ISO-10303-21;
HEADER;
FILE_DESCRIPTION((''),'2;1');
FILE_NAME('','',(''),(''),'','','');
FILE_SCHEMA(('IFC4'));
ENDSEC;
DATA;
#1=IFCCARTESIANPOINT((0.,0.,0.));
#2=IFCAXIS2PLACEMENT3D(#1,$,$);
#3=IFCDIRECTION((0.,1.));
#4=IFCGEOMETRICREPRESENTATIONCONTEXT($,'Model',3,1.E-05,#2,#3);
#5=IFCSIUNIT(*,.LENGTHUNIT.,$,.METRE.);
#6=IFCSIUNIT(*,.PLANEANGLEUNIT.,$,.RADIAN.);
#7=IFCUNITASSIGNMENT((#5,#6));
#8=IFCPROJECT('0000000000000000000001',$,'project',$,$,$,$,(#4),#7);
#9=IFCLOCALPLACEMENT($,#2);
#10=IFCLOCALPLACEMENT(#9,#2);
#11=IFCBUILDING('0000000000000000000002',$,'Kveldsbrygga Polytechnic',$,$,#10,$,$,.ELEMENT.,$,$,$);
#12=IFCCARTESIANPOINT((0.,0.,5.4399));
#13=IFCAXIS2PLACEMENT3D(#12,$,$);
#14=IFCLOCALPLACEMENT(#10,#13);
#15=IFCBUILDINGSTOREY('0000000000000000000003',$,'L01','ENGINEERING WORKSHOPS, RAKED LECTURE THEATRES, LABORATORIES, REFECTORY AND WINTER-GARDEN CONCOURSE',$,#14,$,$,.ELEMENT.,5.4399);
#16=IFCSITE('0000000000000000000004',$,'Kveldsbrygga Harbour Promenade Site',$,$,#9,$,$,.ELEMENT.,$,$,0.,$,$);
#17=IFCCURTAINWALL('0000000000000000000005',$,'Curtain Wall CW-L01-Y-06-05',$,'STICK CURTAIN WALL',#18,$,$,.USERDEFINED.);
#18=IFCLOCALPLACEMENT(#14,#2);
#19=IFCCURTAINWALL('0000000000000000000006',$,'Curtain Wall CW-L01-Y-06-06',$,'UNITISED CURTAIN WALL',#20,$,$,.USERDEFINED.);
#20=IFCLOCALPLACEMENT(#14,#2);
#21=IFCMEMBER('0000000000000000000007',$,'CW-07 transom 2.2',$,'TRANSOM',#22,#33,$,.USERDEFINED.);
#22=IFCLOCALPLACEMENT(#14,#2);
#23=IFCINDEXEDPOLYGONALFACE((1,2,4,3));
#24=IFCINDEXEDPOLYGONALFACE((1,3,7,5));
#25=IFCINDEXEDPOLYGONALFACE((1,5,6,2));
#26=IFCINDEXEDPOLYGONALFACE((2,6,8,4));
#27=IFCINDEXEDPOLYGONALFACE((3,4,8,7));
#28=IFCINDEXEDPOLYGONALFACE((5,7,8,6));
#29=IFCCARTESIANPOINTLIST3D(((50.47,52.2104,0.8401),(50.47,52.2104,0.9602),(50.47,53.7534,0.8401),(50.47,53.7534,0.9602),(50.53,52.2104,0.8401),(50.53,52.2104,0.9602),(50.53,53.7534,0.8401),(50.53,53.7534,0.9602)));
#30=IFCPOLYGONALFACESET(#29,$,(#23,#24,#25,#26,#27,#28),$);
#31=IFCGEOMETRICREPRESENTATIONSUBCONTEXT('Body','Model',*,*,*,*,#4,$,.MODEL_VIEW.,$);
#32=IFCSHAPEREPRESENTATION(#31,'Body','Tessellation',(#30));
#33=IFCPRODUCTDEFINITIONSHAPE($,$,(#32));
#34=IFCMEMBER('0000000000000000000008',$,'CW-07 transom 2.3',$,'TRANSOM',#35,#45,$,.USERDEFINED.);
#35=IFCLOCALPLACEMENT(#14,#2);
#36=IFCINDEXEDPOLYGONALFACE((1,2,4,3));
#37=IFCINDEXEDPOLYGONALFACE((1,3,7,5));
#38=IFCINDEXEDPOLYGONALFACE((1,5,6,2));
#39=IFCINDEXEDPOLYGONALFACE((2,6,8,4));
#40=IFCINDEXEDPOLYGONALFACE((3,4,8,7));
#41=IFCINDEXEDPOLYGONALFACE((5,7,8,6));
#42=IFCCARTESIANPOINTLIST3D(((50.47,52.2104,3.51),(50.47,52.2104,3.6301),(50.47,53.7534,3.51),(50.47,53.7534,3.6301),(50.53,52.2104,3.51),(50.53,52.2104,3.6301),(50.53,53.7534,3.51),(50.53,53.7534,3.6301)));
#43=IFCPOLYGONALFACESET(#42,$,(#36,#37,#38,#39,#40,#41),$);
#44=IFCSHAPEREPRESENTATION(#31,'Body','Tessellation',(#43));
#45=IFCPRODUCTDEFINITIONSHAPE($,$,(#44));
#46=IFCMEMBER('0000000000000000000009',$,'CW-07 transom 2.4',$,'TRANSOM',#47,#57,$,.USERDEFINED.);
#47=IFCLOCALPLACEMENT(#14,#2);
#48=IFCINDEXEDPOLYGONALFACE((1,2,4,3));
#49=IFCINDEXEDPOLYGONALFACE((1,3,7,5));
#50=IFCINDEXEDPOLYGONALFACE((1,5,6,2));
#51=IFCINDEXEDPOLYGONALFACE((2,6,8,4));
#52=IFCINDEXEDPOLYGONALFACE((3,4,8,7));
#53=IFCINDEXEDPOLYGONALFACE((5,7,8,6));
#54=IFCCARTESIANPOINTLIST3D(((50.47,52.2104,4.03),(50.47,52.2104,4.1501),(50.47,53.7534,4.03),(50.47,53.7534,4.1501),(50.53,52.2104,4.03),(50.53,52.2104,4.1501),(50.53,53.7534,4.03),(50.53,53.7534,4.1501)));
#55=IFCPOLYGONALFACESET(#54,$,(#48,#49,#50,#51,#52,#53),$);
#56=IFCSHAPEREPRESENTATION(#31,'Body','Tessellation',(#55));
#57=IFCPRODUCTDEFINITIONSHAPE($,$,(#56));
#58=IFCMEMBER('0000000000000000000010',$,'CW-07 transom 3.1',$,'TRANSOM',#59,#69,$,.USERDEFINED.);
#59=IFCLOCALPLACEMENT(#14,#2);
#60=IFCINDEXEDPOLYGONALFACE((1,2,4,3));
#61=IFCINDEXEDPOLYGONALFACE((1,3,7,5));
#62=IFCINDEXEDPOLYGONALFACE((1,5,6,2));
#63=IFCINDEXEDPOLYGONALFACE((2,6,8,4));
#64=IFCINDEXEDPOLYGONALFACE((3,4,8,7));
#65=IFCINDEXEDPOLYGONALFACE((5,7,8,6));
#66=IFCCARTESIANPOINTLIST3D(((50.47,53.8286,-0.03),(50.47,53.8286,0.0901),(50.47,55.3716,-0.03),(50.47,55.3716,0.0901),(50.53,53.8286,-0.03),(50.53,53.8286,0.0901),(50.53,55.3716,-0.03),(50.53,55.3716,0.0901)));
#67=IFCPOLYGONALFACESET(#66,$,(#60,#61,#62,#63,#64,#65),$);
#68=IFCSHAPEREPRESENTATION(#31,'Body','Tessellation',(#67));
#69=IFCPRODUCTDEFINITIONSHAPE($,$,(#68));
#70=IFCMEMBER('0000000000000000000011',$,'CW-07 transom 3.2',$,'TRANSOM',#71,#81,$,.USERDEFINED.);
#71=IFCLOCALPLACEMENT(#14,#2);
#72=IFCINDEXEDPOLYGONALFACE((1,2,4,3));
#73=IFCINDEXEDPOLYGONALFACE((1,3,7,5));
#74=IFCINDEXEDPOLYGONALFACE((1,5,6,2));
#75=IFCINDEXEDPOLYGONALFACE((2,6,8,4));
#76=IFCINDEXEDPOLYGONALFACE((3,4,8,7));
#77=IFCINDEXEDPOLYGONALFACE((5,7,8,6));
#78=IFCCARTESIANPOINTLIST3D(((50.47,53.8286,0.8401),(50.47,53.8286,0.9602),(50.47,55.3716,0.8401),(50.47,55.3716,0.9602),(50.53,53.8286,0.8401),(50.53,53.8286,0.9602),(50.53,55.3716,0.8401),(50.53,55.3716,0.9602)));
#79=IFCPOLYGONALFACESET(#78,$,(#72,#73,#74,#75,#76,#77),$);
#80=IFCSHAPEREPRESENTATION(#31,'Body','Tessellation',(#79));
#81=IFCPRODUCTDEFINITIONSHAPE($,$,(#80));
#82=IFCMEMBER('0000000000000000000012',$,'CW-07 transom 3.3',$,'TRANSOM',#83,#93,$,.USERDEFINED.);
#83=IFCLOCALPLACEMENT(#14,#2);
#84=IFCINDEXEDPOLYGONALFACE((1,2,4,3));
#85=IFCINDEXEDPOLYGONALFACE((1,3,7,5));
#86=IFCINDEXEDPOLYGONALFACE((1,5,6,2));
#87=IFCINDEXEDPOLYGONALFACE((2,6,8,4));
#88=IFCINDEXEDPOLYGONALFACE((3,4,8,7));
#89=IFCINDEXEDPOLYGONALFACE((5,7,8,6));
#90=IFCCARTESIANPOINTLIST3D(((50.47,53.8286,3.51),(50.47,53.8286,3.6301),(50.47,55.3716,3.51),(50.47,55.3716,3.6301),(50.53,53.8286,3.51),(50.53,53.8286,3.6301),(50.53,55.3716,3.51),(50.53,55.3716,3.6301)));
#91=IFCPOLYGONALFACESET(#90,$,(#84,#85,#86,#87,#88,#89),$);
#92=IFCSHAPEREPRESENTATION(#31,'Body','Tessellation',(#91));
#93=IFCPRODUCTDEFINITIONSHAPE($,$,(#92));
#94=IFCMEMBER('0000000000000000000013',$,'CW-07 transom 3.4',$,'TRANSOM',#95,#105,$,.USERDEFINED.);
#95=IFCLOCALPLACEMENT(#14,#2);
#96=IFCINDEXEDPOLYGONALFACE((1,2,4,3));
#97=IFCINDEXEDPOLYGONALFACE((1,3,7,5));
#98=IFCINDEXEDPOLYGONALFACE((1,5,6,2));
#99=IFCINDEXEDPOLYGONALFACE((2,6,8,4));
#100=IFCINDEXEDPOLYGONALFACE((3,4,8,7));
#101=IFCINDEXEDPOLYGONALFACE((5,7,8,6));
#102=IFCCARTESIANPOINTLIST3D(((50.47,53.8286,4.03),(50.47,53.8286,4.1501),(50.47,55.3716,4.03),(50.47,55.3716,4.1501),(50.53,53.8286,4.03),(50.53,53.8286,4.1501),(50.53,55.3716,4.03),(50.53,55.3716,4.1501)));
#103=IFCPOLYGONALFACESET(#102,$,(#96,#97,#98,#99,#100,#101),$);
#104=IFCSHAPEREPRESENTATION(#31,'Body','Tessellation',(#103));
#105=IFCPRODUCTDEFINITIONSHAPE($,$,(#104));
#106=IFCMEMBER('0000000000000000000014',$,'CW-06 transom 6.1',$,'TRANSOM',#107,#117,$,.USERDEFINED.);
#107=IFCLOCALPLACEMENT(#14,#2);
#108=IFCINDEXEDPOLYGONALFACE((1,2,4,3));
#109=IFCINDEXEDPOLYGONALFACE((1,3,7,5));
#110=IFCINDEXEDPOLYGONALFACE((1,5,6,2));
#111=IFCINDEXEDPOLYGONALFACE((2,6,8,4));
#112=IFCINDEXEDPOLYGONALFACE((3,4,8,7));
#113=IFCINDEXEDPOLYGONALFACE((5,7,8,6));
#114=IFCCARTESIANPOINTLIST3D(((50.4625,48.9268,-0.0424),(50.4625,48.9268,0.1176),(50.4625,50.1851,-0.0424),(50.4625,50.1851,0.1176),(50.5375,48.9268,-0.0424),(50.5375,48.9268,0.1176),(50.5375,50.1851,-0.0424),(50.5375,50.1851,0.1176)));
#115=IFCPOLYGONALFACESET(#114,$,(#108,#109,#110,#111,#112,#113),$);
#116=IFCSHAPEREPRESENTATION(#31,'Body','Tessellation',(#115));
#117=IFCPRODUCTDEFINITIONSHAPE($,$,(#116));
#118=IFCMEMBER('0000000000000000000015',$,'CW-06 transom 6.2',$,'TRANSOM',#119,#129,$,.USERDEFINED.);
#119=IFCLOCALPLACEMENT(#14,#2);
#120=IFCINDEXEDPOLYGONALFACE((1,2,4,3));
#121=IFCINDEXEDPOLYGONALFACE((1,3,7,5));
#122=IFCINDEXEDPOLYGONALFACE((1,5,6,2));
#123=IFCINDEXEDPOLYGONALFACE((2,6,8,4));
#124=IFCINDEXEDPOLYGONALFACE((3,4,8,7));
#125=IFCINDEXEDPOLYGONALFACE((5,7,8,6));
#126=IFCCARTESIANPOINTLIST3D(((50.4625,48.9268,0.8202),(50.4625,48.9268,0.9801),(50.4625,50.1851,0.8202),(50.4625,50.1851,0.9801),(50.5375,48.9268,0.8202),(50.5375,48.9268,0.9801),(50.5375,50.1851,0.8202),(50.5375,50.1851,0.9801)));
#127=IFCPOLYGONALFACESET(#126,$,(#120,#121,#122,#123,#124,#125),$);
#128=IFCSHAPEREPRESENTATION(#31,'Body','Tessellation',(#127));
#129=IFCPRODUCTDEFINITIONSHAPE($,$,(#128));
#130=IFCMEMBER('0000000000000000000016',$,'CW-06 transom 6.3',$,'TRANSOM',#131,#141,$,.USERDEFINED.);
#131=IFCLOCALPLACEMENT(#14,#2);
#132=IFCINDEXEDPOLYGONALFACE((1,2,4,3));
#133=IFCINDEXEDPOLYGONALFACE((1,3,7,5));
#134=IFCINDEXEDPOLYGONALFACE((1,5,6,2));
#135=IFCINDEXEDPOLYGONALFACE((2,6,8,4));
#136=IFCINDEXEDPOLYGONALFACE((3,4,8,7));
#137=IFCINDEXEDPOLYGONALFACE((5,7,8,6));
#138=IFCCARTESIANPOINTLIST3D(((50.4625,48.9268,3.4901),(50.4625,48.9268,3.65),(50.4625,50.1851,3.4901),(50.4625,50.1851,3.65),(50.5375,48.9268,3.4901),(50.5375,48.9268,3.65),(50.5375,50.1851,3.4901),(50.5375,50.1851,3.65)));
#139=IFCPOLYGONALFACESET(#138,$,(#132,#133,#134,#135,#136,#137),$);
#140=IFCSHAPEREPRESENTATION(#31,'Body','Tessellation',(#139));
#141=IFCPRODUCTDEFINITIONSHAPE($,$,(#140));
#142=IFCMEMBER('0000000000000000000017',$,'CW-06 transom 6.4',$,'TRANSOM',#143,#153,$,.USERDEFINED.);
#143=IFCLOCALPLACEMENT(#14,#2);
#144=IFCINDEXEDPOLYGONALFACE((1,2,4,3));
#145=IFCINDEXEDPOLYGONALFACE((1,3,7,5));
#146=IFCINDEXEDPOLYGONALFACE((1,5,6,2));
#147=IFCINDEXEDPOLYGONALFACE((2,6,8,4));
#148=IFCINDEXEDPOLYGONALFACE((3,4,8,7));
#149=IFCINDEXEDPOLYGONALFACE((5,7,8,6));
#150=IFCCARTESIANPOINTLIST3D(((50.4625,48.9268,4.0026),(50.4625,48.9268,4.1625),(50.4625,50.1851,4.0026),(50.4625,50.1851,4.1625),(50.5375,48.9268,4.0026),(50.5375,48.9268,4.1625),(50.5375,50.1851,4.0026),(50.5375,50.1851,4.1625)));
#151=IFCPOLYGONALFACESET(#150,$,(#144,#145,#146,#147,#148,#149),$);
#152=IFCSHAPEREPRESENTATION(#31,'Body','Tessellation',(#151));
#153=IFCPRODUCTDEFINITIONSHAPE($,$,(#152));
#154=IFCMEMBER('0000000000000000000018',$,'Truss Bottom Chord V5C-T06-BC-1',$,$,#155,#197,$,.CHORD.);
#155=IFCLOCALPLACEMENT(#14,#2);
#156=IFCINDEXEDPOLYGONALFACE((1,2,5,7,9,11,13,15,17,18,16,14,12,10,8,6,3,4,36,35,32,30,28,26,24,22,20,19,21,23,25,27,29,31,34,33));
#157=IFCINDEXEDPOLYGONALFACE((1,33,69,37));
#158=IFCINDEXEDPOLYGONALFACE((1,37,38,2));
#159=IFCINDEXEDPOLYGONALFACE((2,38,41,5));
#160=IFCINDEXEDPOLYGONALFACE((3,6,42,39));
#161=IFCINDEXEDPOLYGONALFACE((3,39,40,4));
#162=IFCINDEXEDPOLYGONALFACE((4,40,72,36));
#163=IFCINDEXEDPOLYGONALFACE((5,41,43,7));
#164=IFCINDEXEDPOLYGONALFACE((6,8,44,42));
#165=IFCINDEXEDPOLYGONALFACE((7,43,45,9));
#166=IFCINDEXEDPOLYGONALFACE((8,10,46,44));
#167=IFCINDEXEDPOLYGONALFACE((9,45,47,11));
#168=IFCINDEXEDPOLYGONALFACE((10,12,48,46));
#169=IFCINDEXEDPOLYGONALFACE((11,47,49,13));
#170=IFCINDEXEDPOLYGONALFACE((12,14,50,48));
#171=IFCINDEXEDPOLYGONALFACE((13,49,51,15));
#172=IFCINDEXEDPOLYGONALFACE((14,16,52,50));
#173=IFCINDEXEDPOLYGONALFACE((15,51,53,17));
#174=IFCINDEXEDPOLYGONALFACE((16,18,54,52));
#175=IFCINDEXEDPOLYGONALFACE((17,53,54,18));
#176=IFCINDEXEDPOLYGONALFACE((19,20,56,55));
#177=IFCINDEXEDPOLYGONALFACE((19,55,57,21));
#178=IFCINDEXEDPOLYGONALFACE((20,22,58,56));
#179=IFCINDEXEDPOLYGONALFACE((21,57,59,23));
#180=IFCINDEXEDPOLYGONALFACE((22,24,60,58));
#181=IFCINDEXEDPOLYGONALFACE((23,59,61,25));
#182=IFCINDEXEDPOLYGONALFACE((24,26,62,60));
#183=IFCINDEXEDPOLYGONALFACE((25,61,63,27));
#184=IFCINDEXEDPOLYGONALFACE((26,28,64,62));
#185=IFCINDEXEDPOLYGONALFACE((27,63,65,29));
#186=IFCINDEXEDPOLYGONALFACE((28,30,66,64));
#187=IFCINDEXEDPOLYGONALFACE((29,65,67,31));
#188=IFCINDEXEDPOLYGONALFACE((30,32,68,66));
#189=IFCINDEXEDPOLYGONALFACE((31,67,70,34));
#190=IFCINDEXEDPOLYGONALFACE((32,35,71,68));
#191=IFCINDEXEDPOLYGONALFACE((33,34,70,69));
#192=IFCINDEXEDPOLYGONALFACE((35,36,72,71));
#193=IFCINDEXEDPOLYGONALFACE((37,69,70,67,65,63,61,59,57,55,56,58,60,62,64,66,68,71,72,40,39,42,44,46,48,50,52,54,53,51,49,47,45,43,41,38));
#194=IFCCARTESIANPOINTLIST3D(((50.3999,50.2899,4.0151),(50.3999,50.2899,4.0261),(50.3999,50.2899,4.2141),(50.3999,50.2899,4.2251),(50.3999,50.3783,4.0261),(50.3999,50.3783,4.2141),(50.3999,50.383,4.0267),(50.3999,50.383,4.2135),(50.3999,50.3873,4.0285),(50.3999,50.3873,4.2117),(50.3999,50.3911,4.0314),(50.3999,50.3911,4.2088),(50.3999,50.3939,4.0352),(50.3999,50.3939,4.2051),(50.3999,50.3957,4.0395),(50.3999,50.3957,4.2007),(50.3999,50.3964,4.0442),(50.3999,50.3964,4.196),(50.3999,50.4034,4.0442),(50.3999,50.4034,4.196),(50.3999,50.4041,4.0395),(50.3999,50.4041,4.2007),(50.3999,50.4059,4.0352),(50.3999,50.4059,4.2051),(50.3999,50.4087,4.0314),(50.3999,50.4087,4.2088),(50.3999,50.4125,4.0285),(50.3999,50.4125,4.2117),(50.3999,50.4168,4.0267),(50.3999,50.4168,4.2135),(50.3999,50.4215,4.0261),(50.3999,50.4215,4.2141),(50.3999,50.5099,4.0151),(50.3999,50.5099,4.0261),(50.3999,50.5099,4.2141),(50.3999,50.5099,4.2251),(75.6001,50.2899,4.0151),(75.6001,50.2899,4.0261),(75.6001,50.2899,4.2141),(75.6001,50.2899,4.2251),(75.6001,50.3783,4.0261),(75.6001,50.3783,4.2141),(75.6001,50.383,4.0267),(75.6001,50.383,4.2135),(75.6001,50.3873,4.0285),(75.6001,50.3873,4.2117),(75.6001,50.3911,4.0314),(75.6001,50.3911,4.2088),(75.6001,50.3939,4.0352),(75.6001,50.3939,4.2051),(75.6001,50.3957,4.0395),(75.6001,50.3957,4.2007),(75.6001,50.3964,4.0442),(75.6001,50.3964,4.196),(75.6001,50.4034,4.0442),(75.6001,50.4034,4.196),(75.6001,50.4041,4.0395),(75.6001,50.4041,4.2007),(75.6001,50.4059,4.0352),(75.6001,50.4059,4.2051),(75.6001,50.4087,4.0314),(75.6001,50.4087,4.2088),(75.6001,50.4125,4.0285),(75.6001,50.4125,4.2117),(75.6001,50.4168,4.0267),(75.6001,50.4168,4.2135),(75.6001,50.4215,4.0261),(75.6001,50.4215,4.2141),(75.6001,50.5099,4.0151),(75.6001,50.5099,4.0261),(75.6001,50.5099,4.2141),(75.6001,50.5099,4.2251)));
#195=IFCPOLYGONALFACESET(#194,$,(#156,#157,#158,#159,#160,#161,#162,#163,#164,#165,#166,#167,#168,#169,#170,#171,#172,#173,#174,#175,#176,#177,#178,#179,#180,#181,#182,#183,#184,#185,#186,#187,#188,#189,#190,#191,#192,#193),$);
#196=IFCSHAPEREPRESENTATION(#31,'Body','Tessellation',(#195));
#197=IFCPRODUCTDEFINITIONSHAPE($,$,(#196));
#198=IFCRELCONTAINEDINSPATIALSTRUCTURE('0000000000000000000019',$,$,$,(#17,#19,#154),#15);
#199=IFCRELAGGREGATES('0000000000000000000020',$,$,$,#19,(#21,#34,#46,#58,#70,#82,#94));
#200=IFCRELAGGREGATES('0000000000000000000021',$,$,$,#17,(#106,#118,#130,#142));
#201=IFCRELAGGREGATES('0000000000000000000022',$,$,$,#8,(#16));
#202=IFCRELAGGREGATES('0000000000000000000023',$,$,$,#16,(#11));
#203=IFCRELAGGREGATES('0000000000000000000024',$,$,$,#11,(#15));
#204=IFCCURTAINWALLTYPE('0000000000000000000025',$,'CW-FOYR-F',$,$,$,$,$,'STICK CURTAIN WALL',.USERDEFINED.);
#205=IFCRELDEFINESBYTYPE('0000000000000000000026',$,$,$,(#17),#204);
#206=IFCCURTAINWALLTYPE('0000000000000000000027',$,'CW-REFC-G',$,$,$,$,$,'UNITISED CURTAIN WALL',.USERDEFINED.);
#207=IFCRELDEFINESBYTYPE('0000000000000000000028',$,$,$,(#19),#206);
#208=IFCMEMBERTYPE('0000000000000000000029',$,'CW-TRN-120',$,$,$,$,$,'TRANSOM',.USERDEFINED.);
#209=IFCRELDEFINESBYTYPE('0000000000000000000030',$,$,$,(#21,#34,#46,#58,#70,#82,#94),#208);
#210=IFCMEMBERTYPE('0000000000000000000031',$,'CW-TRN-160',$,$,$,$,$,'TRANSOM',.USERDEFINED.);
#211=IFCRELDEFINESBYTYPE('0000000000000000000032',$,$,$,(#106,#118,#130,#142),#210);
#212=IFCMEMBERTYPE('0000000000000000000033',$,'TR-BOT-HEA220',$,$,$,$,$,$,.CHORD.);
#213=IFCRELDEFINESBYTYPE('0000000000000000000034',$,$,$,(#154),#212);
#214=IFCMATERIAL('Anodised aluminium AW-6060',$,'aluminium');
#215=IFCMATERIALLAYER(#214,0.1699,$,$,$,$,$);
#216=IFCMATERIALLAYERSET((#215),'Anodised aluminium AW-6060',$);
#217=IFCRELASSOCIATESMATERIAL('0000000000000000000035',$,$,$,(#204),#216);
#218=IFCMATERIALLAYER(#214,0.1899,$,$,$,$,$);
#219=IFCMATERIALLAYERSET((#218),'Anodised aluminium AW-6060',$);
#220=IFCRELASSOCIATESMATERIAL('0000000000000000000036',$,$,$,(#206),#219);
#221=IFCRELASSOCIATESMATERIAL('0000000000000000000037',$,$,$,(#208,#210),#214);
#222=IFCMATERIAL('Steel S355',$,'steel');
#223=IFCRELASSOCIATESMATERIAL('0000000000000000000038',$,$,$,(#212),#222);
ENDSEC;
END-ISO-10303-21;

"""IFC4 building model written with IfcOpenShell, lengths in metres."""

from ifc_helpers import new_model, si_unit, direction, frame, origin, origin_2d, place, context, subcontext, project, spatial, rectangle, i_section, extrude, material, layer, layer_set, material_profile, profile_set, type_object, element, aggregate, save


model = new_model("IFC4")

# Units and contexts
model_context = context("Model", 3, precision=1e-05, world=origin(), true_north=direction((0.0, 1.0)))
body_context = subcontext(model_context, "Body", "Model", "MODEL_VIEW")
ifc_project = project(units=[si_unit("LENGTHUNIT", "METRE"), si_unit("PLANEANGLEUNIT", "RADIAN")], contexts=[model_context])

# Site, building, storey
site_placement = place(None, origin())
site = spatial("IfcSite", under=ifc_project, at=site_placement, Name="Kveldsbrygga Harbour Promenade Site", CompositionType="ELEMENT", RefElevation=0.0)
building_placement = place(site_placement, origin())
building = spatial("IfcBuilding", under=site, at=building_placement, Name="Kveldsbrygga Polytechnic", CompositionType="ELEMENT")
storey_placement = place(building_placement, frame((0.0, 0.0, 5.4399)))
storey = spatial("IfcBuildingStorey", under=building, at=storey_placement, Name="L01", Description="ENGINEERING WORKSHOPS, RAKED LECTURE THEATRES, LABORATORIES, REFECTORY AND WINTER-GARDEN CONCOURSE", CompositionType="ELEMENT", Elevation=5.4399)

# Shared definitions
ifc_material_1 = material(Name="Steel S355", Category="steel")

# Curtain walls, members
ifc_material_2 = material(Name="Anodised aluminium AW-6060", Category="aluminium")
ifc_layer_1 = layer(ifc_material_2, 0.1699)
ifc_layer_set_1 = layer_set([ifc_layer_1], Name="Anodised aluminium AW-6060")
curtain_wall_type_1 = type_object("IfcCurtainWallType", Name="CW-FOYR-F", ElementType="STICK CURTAIN WALL", PredefinedType="USERDEFINED", material=ifc_layer_set_1)
curtain_wall_1_placement = place(storey_placement, origin())
curtain_wall_1 = element("IfcCurtainWall", 1, at=curtain_wall_1_placement, inside=storey, type_object=curtain_wall_type_1, Name="Curtain Wall CW-L01-Y-06-05", ObjectType="STICK CURTAIN WALL", PredefinedType="USERDEFINED")
ifc_layer_2 = layer(ifc_material_2, 0.1899)
ifc_layer_set_2 = layer_set([ifc_layer_2], Name="Anodised aluminium AW-6060")
curtain_wall_type_2 = type_object("IfcCurtainWallType", Name="CW-REFC-G", ElementType="UNITISED CURTAIN WALL", PredefinedType="USERDEFINED", material=ifc_layer_set_2)
curtain_wall_2_placement = place(storey_placement, origin())
curtain_wall_2 = element("IfcCurtainWall", 2, at=curtain_wall_2_placement, inside=storey, type_object=curtain_wall_type_2, Name="Curtain Wall CW-L01-Y-06-06", ObjectType="UNITISED CURTAIN WALL", PredefinedType="USERDEFINED")
ifc_material_profile_1 = material_profile(ifc_material_2, rectangle(XDim=0.0601, YDim=0.1201, at=origin_2d()), Name="ALU 60x120")
ifc_profile_set_1 = profile_set([ifc_material_profile_1], Name="Anodised aluminium AW-6060")
member_type_1 = type_object("IfcMemberType", Name="CW-TRN-120", ElementType="TRANSOM", PredefinedType="USERDEFINED", material=ifc_profile_set_1)
member_1_placement = place(storey_placement, frame((50.5, 52.2104, 0.9001), z_axis=(0.0, 1.0, 0.0), x_axis=(-1.0, 0.0, 0.0)))
member_1 = element("IfcMember", 3, at=member_1_placement, type_object=member_type_1, Name="CW-07 transom 2.2", ObjectType="TRANSOM", PredefinedType="USERDEFINED", context=body_context, shape_type="SweptSolid", body=[
    extrude(rectangle(XDim=0.0601, YDim=0.1201, at=origin_2d()), origin(), (0.0, 0.0, 1.0), 1.543),
])
member_2_placement = place(storey_placement, frame((50.5, 52.2104, 3.5701), z_axis=(0.0, 1.0, 0.0), x_axis=(-1.0, 0.0, 0.0)))
member_2 = element("IfcMember", 4, at=member_2_placement, type_object=member_type_1, Name="CW-07 transom 2.3", ObjectType="TRANSOM", PredefinedType="USERDEFINED", context=body_context, shape_type="SweptSolid", body=[
    extrude(rectangle(XDim=0.0601, YDim=0.1201, at=origin_2d()), origin(), (0.0, 0.0, 1.0), 1.543),
])
member_3_placement = place(storey_placement, frame((50.5, 52.2104, 4.0901), z_axis=(0.0, 1.0, 0.0), x_axis=(-1.0, 0.0, 0.0)))
member_3 = element("IfcMember", 5, at=member_3_placement, type_object=member_type_1, Name="CW-07 transom 2.4", ObjectType="TRANSOM", PredefinedType="USERDEFINED", context=body_context, shape_type="SweptSolid", body=[
    extrude(rectangle(XDim=0.0601, YDim=0.1201, at=origin_2d()), origin(), (0.0, 0.0, 1.0), 1.543),
])
member_4_placement = place(storey_placement, frame((50.5, 53.8286, 0.03), z_axis=(0.0, 1.0, 0.0), x_axis=(-1.0, 0.0, 0.0)))
member_4 = element("IfcMember", 6, at=member_4_placement, type_object=member_type_1, Name="CW-07 transom 3.1", ObjectType="TRANSOM", PredefinedType="USERDEFINED", context=body_context, shape_type="SweptSolid", body=[
    extrude(rectangle(XDim=0.0601, YDim=0.1201, at=origin_2d()), origin(), (0.0, 0.0, 1.0), 1.543),
])
member_5_placement = place(storey_placement, frame((50.5, 53.8286, 0.9001), z_axis=(0.0, 1.0, 0.0), x_axis=(-1.0, 0.0, 0.0)))
member_5 = element("IfcMember", 7, at=member_5_placement, type_object=member_type_1, Name="CW-07 transom 3.2", ObjectType="TRANSOM", PredefinedType="USERDEFINED", context=body_context, shape_type="SweptSolid", body=[
    extrude(rectangle(XDim=0.0601, YDim=0.1201, at=origin_2d()), origin(), (0.0, 0.0, 1.0), 1.543),
])
member_6_placement = place(storey_placement, frame((50.5, 53.8286, 3.5701), z_axis=(0.0, 1.0, 0.0), x_axis=(-1.0, 0.0, 0.0)))
member_6 = element("IfcMember", 8, at=member_6_placement, type_object=member_type_1, Name="CW-07 transom 3.3", ObjectType="TRANSOM", PredefinedType="USERDEFINED", context=body_context, shape_type="SweptSolid", body=[
    extrude(rectangle(XDim=0.0601, YDim=0.1201, at=origin_2d()), origin(), (0.0, 0.0, 1.0), 1.543),
])
member_7_placement = place(storey_placement, frame((50.5, 53.8286, 4.0901), z_axis=(0.0, 1.0, 0.0), x_axis=(-1.0, 0.0, 0.0)))
member_7 = element("IfcMember", 9, at=member_7_placement, type_object=member_type_1, Name="CW-07 transom 3.4", ObjectType="TRANSOM", PredefinedType="USERDEFINED", context=body_context, shape_type="SweptSolid", body=[
    extrude(rectangle(XDim=0.0601, YDim=0.1201, at=origin_2d()), origin(), (0.0, 0.0, 1.0), 1.543),
])

# Members
ifc_material_profile_2 = material_profile(ifc_material_2, rectangle(XDim=0.075, YDim=0.1599, at=origin_2d()), Name="ALU 75x160")
ifc_profile_set_2 = profile_set([ifc_material_profile_2], Name="Anodised aluminium AW-6060")
member_type_2 = type_object("IfcMemberType", Name="CW-TRN-160", ElementType="TRANSOM", PredefinedType="USERDEFINED", material=ifc_profile_set_2)
member_8_placement = place(storey_placement, frame((50.5, 48.9268, 0.0376), z_axis=(0.0, 1.0, 0.0), x_axis=(-1.0, 0.0, 0.0)))
member_8 = element("IfcMember", 10, at=member_8_placement, type_object=member_type_2, Name="CW-06 transom 6.1", ObjectType="TRANSOM", PredefinedType="USERDEFINED", context=body_context, shape_type="SweptSolid", body=[
    extrude(rectangle(XDim=0.075, YDim=0.1599, at=origin_2d()), origin(), (0.0, 0.0, 1.0), 1.2583),
])
member_9_placement = place(storey_placement, frame((50.5, 48.9268, 0.9001), z_axis=(0.0, 1.0, 0.0), x_axis=(-1.0, 0.0, 0.0)))
member_9 = element("IfcMember", 11, at=member_9_placement, type_object=member_type_2, Name="CW-06 transom 6.2", ObjectType="TRANSOM", PredefinedType="USERDEFINED", context=body_context, shape_type="SweptSolid", body=[
    extrude(rectangle(XDim=0.075, YDim=0.1599, at=origin_2d()), origin(), (0.0, 0.0, 1.0), 1.2583),
])
member_10_placement = place(storey_placement, frame((50.5, 48.9268, 3.5701), z_axis=(0.0, 1.0, 0.0), x_axis=(-1.0, 0.0, 0.0)))
member_10 = element("IfcMember", 12, at=member_10_placement, type_object=member_type_2, Name="CW-06 transom 6.3", ObjectType="TRANSOM", PredefinedType="USERDEFINED", context=body_context, shape_type="SweptSolid", body=[
    extrude(rectangle(XDim=0.075, YDim=0.1599, at=origin_2d()), origin(), (0.0, 0.0, 1.0), 1.2583),
])
member_11_placement = place(storey_placement, frame((50.5, 48.9268, 4.0825), z_axis=(0.0, 1.0, 0.0), x_axis=(-1.0, 0.0, 0.0)))
member_11 = element("IfcMember", 13, at=member_11_placement, type_object=member_type_2, Name="CW-06 transom 6.4", ObjectType="TRANSOM", PredefinedType="USERDEFINED", context=body_context, shape_type="SweptSolid", body=[
    extrude(rectangle(XDim=0.075, YDim=0.1599, at=origin_2d()), origin(), (0.0, 0.0, 1.0), 1.2583),
])

# Member
ifc_material_profile_3 = material_profile(ifc_material_1, i_section(OverallWidth=0.22, OverallDepth=0.21, WebThickness=0.0071, FlangeThickness=0.011, FilletRadius=0.0181, at=origin_2d()), Name="HEA 220")
ifc_profile_set_3 = profile_set([ifc_material_profile_3], Name="Steel S355")
member_type_3 = type_object("IfcMemberType", Name="TR-BOT-HEA220", PredefinedType="CHORD", material=ifc_profile_set_3)
member_12_placement = place(storey_placement, frame((50.3999, 50.3999, 4.1201), z_axis=(1.0, 0.0, 0.0), x_axis=(0.0, 1.0, 0.0)))
element("IfcMember", 14, at=member_12_placement, inside=storey, type_object=member_type_3, Name="Truss Bottom Chord V5C-T06-BC-1", PredefinedType="CHORD", context=body_context, shape_type="SweptSolid", body=[
    extrude(i_section(OverallWidth=0.22, OverallDepth=0.21, WebThickness=0.0071, FlangeThickness=0.011, FilletRadius=0.0181, at=origin_2d()), origin(), (0.0, 0.0, 1.0), 25.2002),
])

aggregate(curtain_wall_2, [member_1, member_2, member_3, member_4, member_5, member_6, member_7])
aggregate(curtain_wall_1, [member_8, member_9, member_10, member_11])

save(model, "model.ifc")
